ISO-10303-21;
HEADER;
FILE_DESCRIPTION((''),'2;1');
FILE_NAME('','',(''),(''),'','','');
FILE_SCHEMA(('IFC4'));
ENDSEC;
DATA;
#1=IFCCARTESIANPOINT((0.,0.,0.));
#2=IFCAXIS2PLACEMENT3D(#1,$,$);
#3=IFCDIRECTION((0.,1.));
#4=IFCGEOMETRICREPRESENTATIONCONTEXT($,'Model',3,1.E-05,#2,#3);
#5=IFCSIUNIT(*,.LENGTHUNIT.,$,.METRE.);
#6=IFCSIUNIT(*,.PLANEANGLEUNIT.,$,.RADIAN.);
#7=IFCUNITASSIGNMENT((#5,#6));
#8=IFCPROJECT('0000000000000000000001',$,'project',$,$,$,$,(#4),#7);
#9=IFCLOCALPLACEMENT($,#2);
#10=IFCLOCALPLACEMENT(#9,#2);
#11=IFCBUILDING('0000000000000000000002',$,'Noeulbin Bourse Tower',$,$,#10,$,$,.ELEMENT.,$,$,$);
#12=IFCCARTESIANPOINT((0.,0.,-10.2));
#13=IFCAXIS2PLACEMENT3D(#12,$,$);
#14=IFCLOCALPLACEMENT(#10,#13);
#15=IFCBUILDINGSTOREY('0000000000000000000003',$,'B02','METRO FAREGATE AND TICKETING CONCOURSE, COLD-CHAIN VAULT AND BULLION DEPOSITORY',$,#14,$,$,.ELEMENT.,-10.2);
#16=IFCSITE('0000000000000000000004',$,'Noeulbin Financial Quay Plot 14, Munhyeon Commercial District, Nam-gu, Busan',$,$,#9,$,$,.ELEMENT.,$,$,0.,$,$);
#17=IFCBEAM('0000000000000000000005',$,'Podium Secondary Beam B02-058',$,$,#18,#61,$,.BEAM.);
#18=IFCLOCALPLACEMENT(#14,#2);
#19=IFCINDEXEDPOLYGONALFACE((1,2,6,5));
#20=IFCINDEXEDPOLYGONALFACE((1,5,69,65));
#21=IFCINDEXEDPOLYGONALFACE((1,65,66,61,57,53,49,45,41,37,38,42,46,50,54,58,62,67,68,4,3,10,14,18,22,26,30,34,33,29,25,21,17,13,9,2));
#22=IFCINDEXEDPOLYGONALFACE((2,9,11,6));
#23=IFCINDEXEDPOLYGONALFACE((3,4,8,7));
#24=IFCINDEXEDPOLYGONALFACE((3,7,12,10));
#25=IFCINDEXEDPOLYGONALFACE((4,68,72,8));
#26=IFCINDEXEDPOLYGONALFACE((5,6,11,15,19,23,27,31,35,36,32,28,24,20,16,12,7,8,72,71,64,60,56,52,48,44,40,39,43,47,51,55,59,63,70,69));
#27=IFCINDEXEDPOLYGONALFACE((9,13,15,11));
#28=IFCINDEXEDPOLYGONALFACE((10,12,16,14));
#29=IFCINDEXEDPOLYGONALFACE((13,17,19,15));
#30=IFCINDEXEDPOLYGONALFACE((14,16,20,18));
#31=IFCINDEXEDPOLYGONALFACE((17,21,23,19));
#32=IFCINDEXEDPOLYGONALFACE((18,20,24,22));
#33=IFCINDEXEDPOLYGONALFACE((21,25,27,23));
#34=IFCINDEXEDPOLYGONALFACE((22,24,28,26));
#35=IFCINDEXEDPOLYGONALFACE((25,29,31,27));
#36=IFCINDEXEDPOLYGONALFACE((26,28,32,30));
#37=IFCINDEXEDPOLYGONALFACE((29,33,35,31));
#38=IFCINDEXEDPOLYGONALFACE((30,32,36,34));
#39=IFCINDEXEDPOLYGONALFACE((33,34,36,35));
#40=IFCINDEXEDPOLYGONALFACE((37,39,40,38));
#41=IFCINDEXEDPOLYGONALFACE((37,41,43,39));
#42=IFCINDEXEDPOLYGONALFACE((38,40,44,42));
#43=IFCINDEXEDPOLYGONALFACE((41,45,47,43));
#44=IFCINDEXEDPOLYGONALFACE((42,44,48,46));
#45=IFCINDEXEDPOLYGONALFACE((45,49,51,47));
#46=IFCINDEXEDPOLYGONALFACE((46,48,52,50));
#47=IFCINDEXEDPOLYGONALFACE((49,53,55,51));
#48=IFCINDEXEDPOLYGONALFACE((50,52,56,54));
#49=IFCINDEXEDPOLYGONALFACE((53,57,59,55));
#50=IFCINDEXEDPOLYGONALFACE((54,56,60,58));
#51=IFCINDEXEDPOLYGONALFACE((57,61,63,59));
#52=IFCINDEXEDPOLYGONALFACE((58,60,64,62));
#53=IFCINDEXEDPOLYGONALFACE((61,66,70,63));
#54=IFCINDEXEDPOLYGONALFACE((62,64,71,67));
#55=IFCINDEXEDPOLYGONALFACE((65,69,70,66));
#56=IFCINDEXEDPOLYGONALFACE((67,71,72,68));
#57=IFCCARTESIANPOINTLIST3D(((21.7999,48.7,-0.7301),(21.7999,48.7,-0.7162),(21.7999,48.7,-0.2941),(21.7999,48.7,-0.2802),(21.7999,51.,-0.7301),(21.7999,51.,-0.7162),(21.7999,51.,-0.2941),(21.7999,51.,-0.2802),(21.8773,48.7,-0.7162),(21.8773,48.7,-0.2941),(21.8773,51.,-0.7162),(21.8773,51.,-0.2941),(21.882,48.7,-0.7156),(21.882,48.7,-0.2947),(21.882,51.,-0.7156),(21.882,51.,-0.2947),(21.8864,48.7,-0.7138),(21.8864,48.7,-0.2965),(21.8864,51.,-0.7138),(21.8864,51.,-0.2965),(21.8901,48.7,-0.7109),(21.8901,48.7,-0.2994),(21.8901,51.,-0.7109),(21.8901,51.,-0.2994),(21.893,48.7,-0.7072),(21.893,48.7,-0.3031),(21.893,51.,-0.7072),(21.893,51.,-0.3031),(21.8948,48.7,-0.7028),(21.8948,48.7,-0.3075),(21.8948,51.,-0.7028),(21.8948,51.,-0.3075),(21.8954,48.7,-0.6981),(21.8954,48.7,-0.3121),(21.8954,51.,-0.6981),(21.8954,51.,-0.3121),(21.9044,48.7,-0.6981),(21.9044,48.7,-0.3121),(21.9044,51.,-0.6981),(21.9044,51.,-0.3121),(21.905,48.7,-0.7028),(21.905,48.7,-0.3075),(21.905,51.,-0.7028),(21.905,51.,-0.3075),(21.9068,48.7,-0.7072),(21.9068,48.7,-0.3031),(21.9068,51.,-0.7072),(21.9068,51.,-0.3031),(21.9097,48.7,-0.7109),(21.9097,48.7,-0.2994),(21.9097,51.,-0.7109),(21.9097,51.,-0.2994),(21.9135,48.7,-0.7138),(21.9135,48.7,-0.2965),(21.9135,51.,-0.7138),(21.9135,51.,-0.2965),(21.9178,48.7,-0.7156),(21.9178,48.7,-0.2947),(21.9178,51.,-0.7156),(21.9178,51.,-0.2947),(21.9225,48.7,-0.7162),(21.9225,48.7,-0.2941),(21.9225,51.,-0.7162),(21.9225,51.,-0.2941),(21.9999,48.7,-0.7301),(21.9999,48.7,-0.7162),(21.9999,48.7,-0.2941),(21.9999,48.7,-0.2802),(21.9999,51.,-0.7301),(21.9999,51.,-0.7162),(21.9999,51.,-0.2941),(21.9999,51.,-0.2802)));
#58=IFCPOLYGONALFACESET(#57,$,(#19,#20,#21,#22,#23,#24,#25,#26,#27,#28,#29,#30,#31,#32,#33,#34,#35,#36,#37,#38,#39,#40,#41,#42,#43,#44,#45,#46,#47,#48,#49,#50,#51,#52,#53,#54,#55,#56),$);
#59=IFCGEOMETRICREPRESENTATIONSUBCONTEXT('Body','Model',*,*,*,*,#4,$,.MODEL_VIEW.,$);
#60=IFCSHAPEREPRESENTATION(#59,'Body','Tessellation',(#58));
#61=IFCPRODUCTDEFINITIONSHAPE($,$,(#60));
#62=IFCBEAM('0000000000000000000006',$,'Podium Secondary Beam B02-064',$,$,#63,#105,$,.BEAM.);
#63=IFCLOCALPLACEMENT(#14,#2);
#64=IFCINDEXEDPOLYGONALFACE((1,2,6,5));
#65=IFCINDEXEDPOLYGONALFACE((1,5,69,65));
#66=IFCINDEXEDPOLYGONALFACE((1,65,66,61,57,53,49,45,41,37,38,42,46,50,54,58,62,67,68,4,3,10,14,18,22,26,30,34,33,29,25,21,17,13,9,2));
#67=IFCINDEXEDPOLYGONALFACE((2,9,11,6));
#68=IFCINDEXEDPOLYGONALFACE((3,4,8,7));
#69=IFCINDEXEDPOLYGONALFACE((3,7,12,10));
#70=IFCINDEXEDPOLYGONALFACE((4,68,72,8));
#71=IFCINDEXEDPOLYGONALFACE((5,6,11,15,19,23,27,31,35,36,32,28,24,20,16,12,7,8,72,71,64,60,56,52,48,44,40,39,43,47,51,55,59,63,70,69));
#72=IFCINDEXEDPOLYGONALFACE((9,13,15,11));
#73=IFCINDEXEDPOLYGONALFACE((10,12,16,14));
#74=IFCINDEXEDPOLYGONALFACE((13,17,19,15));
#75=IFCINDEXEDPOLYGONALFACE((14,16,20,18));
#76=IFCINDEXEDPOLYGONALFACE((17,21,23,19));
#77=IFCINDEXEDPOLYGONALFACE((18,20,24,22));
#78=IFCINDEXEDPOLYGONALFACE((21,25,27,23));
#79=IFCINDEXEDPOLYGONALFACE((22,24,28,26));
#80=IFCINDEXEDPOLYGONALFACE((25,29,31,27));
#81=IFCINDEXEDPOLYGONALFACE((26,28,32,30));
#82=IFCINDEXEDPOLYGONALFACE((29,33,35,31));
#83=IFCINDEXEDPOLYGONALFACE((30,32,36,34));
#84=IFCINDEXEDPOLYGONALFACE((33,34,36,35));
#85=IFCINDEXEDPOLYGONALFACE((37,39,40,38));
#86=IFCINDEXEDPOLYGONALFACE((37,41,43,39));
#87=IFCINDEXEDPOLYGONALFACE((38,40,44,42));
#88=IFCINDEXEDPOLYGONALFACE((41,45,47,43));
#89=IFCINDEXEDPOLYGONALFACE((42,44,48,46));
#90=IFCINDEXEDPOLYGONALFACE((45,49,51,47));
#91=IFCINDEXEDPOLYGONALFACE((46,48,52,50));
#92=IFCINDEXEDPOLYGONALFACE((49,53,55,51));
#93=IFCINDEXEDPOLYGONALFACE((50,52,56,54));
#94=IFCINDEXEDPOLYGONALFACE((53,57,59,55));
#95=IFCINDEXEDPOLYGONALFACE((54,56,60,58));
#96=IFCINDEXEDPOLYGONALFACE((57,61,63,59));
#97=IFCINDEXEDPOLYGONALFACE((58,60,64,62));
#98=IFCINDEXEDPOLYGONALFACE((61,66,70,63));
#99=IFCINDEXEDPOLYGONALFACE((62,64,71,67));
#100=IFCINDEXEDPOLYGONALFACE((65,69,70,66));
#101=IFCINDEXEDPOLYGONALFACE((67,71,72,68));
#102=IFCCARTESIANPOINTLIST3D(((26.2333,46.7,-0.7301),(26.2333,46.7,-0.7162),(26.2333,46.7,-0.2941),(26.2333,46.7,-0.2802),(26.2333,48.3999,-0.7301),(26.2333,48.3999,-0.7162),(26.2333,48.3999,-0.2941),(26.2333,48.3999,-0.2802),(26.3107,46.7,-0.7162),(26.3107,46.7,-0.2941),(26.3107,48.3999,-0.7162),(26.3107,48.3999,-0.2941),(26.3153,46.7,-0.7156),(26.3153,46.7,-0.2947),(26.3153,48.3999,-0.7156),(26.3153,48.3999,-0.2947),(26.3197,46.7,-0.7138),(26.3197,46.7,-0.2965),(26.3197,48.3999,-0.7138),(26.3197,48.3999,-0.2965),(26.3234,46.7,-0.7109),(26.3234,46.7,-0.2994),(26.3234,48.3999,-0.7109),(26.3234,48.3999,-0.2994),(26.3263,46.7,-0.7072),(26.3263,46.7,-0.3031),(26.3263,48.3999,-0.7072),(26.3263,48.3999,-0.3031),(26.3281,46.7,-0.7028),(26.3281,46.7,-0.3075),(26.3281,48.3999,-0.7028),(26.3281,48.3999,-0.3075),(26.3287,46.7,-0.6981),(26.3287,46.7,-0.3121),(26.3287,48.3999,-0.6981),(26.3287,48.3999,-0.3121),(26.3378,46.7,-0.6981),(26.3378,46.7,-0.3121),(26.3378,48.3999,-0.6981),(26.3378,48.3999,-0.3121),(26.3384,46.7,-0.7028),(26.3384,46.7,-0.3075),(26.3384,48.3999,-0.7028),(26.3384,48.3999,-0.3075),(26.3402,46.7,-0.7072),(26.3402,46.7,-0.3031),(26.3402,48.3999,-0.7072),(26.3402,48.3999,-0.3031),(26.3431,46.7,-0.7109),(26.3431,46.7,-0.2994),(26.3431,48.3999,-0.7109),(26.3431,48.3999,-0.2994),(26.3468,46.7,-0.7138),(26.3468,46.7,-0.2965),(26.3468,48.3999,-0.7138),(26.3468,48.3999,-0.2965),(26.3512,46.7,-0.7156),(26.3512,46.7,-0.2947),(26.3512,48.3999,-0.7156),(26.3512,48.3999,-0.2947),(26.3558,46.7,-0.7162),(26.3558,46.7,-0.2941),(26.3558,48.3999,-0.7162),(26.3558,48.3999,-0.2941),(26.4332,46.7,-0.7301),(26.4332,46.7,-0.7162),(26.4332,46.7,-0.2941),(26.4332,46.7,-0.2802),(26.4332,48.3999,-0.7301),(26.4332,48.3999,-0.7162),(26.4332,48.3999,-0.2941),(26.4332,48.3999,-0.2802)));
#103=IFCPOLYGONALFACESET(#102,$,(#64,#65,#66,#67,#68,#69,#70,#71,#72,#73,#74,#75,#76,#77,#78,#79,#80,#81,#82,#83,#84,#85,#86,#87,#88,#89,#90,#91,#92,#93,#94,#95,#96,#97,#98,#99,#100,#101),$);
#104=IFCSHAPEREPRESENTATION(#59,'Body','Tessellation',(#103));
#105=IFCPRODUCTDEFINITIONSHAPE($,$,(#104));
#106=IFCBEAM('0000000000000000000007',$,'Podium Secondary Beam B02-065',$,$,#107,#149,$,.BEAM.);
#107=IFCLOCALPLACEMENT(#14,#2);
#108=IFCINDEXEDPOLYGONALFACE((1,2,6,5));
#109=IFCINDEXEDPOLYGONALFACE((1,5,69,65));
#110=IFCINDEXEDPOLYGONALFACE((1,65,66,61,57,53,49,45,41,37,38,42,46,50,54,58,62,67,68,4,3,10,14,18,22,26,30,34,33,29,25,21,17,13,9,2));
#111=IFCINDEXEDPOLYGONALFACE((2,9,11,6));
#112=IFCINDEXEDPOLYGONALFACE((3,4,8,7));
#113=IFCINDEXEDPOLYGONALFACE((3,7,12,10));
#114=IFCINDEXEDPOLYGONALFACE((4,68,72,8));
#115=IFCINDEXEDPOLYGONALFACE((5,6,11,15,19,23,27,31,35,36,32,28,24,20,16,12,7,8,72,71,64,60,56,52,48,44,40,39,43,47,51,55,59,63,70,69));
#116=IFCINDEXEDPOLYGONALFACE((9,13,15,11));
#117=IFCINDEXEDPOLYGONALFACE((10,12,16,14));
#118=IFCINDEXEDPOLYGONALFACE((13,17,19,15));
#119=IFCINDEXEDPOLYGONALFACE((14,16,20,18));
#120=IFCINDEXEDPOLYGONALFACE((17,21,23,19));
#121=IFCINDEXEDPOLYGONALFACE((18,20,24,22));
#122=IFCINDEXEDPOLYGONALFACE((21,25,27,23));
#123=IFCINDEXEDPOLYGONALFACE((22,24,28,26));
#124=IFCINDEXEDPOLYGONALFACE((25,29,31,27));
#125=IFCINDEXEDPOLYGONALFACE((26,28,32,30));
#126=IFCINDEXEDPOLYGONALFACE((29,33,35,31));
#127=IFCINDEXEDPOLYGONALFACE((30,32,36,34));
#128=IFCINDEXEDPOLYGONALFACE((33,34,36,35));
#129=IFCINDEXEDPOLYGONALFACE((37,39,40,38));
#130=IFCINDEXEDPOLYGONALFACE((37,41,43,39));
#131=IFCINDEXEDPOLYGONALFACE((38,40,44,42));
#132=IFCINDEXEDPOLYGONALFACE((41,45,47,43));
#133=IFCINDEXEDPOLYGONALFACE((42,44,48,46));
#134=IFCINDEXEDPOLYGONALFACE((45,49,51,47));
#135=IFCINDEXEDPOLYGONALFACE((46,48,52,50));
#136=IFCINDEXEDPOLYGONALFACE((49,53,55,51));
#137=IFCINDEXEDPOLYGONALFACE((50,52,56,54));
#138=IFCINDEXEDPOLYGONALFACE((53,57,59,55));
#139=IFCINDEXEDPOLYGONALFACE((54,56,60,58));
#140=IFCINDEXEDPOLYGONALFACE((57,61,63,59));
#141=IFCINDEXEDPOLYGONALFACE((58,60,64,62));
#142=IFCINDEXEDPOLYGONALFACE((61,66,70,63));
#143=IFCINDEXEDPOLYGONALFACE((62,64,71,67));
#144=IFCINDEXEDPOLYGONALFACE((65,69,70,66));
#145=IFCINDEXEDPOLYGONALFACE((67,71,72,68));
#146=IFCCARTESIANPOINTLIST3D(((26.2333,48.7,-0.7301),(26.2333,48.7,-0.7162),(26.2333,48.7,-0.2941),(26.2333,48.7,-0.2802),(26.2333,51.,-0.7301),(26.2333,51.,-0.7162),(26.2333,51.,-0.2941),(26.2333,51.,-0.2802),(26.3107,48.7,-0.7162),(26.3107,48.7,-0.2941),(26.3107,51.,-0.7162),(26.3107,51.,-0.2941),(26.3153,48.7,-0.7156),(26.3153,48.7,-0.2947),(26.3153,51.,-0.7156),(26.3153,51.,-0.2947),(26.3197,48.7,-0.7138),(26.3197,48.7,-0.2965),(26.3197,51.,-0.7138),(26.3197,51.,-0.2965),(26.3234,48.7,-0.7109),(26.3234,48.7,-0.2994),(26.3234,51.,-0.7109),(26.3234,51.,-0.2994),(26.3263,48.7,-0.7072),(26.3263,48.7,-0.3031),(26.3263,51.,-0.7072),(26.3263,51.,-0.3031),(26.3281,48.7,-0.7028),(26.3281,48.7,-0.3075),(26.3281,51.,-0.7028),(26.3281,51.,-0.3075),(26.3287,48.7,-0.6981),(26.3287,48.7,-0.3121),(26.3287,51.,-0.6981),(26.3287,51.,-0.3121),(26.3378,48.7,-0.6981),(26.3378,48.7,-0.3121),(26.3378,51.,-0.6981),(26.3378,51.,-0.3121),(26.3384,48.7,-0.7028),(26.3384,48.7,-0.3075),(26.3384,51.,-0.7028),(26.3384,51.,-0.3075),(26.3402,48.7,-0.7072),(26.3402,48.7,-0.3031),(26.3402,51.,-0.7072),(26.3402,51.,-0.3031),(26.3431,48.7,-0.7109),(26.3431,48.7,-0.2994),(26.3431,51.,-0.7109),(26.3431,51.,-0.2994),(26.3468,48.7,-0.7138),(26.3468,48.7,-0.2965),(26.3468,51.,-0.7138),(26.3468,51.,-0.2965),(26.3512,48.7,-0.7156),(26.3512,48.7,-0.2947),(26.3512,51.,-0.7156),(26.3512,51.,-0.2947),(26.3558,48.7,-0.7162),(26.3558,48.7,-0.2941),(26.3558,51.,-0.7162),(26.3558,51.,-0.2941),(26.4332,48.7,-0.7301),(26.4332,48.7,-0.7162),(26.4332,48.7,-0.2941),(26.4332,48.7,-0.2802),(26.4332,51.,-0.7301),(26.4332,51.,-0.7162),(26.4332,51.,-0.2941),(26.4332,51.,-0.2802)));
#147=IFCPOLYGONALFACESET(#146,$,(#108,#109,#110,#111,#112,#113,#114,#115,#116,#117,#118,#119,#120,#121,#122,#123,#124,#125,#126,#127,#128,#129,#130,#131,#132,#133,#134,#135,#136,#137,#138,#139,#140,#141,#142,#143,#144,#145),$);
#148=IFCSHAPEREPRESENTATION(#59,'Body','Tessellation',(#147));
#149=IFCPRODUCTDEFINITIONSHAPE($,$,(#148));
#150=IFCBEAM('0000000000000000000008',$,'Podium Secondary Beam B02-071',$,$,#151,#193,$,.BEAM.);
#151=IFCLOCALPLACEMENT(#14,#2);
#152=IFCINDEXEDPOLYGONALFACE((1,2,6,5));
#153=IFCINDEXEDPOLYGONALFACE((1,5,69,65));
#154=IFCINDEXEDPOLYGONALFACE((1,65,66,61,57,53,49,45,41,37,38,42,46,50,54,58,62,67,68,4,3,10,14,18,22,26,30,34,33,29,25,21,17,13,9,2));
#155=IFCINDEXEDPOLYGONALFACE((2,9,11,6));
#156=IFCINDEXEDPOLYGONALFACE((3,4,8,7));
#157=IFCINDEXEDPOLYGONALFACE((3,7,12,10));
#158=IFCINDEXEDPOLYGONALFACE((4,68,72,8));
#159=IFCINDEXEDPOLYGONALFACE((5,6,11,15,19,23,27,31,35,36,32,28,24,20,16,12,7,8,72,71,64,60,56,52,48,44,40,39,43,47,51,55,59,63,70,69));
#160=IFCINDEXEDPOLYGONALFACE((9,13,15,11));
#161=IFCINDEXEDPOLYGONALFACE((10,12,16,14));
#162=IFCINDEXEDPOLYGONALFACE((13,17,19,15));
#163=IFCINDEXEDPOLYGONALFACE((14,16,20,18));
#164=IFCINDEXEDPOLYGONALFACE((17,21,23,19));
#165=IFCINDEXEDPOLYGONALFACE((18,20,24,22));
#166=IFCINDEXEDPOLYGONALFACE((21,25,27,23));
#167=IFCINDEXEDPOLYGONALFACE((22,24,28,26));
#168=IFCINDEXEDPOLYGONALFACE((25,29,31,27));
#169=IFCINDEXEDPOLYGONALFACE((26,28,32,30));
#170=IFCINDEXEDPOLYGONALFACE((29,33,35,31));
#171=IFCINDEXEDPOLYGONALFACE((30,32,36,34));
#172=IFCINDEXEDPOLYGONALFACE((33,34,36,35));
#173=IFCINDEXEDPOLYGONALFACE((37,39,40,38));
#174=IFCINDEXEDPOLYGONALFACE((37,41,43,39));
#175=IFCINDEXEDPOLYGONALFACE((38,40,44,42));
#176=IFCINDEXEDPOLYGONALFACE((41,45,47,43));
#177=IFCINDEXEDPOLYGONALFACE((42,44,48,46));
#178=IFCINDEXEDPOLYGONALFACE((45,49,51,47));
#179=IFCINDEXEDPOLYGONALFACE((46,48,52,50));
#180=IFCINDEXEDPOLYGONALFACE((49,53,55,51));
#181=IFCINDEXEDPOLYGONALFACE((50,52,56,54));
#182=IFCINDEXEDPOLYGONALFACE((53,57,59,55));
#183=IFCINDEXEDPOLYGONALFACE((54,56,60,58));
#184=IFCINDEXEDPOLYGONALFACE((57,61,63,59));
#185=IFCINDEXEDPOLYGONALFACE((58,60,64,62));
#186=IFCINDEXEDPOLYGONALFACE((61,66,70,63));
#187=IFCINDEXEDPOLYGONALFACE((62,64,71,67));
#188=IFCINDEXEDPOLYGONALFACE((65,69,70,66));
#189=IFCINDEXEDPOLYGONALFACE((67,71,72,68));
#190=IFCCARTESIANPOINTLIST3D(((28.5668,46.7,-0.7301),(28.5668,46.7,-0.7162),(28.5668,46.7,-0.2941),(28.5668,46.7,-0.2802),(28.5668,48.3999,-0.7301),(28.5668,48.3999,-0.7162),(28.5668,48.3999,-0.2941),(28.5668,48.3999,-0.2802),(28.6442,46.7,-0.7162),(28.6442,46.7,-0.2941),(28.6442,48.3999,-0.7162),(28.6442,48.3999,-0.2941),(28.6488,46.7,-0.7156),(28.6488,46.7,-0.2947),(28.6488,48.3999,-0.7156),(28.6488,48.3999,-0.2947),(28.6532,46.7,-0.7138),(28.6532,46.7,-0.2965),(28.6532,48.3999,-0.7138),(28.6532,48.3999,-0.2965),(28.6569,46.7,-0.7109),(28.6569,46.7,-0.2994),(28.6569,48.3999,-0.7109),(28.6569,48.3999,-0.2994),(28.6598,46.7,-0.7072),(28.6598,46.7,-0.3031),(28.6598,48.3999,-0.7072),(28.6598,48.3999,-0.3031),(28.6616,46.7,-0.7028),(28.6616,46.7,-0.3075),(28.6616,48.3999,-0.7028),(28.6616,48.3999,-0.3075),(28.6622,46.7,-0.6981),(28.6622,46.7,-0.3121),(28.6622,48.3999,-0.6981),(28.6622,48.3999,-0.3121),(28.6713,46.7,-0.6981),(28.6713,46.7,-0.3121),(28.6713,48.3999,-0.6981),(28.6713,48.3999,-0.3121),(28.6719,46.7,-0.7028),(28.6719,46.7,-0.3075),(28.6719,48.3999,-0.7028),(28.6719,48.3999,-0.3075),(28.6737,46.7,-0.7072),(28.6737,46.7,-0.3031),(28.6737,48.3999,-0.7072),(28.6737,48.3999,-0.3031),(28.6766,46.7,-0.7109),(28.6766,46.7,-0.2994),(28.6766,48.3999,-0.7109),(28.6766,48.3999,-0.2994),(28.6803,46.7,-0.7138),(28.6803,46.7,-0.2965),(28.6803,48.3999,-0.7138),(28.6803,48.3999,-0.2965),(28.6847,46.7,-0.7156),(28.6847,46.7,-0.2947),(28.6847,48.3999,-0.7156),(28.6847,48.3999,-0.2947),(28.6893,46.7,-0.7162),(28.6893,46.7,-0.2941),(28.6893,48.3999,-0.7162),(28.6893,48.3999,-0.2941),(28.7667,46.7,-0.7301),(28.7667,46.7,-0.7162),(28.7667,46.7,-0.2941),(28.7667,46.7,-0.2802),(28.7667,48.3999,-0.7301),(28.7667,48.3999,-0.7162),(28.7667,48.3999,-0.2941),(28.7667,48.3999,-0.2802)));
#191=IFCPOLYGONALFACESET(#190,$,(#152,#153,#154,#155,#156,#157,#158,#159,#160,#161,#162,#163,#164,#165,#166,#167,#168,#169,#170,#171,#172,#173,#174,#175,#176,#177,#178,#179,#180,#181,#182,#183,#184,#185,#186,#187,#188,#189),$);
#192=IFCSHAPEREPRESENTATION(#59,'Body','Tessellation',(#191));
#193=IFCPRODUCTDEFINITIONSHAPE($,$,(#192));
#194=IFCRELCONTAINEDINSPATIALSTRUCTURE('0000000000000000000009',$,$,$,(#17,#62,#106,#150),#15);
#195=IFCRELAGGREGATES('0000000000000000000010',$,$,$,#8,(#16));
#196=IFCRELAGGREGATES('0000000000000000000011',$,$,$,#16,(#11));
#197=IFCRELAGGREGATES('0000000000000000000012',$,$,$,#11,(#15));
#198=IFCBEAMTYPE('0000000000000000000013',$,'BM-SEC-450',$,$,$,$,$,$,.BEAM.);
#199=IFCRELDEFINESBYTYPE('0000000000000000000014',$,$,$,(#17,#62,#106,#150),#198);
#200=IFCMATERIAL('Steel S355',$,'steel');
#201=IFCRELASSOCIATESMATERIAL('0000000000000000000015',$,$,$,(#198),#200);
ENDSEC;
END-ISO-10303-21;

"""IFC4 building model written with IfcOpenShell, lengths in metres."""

from ifc_helpers import new_model, si_unit, direction, frame, origin, origin_2d, place, context, subcontext, project, spatial, i_section, extrude, material, material_profile, profile_set, type_object, element, save


model = new_model("IFC4")

# Units and contexts
model_context = context("Model", 3, precision=1e-05, world=origin(), true_north=direction((0.0, 1.0)))
body_context = subcontext(model_context, "Body", "Model", "MODEL_VIEW")
ifc_project = project(units=[si_unit("LENGTHUNIT", "METRE"), si_unit("PLANEANGLEUNIT", "RADIAN")], contexts=[model_context])

# Site, building, storey
site_placement = place(None, origin())
site = spatial("IfcSite", under=ifc_project, at=site_placement, Name="Noeulbin Financial Quay Plot 14, Munhyeon Commercial District, Nam-gu, Busan", CompositionType="ELEMENT", RefElevation=0.0)
building_placement = place(site_placement, origin())
building = spatial("IfcBuilding", under=site, at=building_placement, Name="Noeulbin Bourse Tower", CompositionType="ELEMENT")
storey_placement = place(building_placement, frame((0.0, 0.0, -10.2)))
storey = spatial("IfcBuildingStorey", under=building, at=storey_placement, Name="B02", Description="METRO FAREGATE AND TICKETING CONCOURSE, COLD-CHAIN VAULT AND BULLION DEPOSITORY", CompositionType="ELEMENT", Elevation=-10.2)

# Beams
ifc_material_1 = material(Name="Steel S355", Category="steel")
ifc_material_profile_1 = material_profile(ifc_material_1, i_section(OverallWidth=0.2, OverallDepth=0.45, WebThickness=0.009, FlangeThickness=0.0139, FilletRadius=0.0181, at=origin_2d()), Name="H-450x200x9x14", Category="LoadBearing")
ifc_profile_set_1 = profile_set([ifc_material_profile_1], Name="Steel S355")
beam_type_1 = type_object("IfcBeamType", Name="BM-SEC-450", PredefinedType="BEAM", material=ifc_profile_set_1)
beam_1_placement = place(storey_placement, frame((21.8999, 48.7, -0.5051), z_axis=(0.0, 1.0, 0.0), x_axis=(-1.0, 0.0, 0.0)))
element("IfcBeam", 1, at=beam_1_placement, inside=storey, type_object=beam_type_1, Name="Podium Secondary Beam B02-058", PredefinedType="BEAM", context=body_context, shape_type="SweptSolid", body=[
    extrude(i_section(OverallWidth=0.2, OverallDepth=0.45, WebThickness=0.009, FlangeThickness=0.0139, FilletRadius=0.0181, at=origin_2d()), origin(), (0.0, 0.0, 1.0), 2.3),
])
beam_2_placement = place(storey_placement, frame((26.3333, 46.7, -0.5051), z_axis=(0.0, 1.0, 0.0), x_axis=(-1.0, 0.0, 0.0)))
element("IfcBeam", 2, at=beam_2_placement, inside=storey, type_object=beam_type_1, Name="Podium Secondary Beam B02-064", PredefinedType="BEAM", context=body_context, shape_type="SweptSolid", body=[
    extrude(i_section(OverallWidth=0.2, OverallDepth=0.45, WebThickness=0.009, FlangeThickness=0.0139, FilletRadius=0.0181, at=origin_2d()), origin(), (0.0, 0.0, 1.0), 1.7),
])
beam_3_placement = place(storey_placement, frame((26.3333, 48.7, -0.5051), z_axis=(0.0, 1.0, 0.0), x_axis=(-1.0, 0.0, 0.0)))
element("IfcBeam", 3, at=beam_3_placement, inside=storey, type_object=beam_type_1, Name="Podium Secondary Beam B02-065", PredefinedType="BEAM", context=body_context, shape_type="SweptSolid", body=[
    extrude(i_section(OverallWidth=0.2, OverallDepth=0.45, WebThickness=0.009, FlangeThickness=0.0139, FilletRadius=0.0181, at=origin_2d()), origin(), (0.0, 0.0, 1.0), 2.3),
])
beam_4_placement = place(storey_placement, frame((28.6667, 46.7, -0.5051), z_axis=(0.0, 1.0, 0.0), x_axis=(-1.0, 0.0, 0.0)))
element("IfcBeam", 4, at=beam_4_placement, inside=storey, type_object=beam_type_1, Name="Podium Secondary Beam B02-071", PredefinedType="BEAM", context=body_context, shape_type="SweptSolid", body=[
    extrude(i_section(OverallWidth=0.2, OverallDepth=0.45, WebThickness=0.009, FlangeThickness=0.0139, FilletRadius=0.0181, at=origin_2d()), origin(), (0.0, 0.0, 1.0), 1.7),
])

save(model, "model.ifc")
